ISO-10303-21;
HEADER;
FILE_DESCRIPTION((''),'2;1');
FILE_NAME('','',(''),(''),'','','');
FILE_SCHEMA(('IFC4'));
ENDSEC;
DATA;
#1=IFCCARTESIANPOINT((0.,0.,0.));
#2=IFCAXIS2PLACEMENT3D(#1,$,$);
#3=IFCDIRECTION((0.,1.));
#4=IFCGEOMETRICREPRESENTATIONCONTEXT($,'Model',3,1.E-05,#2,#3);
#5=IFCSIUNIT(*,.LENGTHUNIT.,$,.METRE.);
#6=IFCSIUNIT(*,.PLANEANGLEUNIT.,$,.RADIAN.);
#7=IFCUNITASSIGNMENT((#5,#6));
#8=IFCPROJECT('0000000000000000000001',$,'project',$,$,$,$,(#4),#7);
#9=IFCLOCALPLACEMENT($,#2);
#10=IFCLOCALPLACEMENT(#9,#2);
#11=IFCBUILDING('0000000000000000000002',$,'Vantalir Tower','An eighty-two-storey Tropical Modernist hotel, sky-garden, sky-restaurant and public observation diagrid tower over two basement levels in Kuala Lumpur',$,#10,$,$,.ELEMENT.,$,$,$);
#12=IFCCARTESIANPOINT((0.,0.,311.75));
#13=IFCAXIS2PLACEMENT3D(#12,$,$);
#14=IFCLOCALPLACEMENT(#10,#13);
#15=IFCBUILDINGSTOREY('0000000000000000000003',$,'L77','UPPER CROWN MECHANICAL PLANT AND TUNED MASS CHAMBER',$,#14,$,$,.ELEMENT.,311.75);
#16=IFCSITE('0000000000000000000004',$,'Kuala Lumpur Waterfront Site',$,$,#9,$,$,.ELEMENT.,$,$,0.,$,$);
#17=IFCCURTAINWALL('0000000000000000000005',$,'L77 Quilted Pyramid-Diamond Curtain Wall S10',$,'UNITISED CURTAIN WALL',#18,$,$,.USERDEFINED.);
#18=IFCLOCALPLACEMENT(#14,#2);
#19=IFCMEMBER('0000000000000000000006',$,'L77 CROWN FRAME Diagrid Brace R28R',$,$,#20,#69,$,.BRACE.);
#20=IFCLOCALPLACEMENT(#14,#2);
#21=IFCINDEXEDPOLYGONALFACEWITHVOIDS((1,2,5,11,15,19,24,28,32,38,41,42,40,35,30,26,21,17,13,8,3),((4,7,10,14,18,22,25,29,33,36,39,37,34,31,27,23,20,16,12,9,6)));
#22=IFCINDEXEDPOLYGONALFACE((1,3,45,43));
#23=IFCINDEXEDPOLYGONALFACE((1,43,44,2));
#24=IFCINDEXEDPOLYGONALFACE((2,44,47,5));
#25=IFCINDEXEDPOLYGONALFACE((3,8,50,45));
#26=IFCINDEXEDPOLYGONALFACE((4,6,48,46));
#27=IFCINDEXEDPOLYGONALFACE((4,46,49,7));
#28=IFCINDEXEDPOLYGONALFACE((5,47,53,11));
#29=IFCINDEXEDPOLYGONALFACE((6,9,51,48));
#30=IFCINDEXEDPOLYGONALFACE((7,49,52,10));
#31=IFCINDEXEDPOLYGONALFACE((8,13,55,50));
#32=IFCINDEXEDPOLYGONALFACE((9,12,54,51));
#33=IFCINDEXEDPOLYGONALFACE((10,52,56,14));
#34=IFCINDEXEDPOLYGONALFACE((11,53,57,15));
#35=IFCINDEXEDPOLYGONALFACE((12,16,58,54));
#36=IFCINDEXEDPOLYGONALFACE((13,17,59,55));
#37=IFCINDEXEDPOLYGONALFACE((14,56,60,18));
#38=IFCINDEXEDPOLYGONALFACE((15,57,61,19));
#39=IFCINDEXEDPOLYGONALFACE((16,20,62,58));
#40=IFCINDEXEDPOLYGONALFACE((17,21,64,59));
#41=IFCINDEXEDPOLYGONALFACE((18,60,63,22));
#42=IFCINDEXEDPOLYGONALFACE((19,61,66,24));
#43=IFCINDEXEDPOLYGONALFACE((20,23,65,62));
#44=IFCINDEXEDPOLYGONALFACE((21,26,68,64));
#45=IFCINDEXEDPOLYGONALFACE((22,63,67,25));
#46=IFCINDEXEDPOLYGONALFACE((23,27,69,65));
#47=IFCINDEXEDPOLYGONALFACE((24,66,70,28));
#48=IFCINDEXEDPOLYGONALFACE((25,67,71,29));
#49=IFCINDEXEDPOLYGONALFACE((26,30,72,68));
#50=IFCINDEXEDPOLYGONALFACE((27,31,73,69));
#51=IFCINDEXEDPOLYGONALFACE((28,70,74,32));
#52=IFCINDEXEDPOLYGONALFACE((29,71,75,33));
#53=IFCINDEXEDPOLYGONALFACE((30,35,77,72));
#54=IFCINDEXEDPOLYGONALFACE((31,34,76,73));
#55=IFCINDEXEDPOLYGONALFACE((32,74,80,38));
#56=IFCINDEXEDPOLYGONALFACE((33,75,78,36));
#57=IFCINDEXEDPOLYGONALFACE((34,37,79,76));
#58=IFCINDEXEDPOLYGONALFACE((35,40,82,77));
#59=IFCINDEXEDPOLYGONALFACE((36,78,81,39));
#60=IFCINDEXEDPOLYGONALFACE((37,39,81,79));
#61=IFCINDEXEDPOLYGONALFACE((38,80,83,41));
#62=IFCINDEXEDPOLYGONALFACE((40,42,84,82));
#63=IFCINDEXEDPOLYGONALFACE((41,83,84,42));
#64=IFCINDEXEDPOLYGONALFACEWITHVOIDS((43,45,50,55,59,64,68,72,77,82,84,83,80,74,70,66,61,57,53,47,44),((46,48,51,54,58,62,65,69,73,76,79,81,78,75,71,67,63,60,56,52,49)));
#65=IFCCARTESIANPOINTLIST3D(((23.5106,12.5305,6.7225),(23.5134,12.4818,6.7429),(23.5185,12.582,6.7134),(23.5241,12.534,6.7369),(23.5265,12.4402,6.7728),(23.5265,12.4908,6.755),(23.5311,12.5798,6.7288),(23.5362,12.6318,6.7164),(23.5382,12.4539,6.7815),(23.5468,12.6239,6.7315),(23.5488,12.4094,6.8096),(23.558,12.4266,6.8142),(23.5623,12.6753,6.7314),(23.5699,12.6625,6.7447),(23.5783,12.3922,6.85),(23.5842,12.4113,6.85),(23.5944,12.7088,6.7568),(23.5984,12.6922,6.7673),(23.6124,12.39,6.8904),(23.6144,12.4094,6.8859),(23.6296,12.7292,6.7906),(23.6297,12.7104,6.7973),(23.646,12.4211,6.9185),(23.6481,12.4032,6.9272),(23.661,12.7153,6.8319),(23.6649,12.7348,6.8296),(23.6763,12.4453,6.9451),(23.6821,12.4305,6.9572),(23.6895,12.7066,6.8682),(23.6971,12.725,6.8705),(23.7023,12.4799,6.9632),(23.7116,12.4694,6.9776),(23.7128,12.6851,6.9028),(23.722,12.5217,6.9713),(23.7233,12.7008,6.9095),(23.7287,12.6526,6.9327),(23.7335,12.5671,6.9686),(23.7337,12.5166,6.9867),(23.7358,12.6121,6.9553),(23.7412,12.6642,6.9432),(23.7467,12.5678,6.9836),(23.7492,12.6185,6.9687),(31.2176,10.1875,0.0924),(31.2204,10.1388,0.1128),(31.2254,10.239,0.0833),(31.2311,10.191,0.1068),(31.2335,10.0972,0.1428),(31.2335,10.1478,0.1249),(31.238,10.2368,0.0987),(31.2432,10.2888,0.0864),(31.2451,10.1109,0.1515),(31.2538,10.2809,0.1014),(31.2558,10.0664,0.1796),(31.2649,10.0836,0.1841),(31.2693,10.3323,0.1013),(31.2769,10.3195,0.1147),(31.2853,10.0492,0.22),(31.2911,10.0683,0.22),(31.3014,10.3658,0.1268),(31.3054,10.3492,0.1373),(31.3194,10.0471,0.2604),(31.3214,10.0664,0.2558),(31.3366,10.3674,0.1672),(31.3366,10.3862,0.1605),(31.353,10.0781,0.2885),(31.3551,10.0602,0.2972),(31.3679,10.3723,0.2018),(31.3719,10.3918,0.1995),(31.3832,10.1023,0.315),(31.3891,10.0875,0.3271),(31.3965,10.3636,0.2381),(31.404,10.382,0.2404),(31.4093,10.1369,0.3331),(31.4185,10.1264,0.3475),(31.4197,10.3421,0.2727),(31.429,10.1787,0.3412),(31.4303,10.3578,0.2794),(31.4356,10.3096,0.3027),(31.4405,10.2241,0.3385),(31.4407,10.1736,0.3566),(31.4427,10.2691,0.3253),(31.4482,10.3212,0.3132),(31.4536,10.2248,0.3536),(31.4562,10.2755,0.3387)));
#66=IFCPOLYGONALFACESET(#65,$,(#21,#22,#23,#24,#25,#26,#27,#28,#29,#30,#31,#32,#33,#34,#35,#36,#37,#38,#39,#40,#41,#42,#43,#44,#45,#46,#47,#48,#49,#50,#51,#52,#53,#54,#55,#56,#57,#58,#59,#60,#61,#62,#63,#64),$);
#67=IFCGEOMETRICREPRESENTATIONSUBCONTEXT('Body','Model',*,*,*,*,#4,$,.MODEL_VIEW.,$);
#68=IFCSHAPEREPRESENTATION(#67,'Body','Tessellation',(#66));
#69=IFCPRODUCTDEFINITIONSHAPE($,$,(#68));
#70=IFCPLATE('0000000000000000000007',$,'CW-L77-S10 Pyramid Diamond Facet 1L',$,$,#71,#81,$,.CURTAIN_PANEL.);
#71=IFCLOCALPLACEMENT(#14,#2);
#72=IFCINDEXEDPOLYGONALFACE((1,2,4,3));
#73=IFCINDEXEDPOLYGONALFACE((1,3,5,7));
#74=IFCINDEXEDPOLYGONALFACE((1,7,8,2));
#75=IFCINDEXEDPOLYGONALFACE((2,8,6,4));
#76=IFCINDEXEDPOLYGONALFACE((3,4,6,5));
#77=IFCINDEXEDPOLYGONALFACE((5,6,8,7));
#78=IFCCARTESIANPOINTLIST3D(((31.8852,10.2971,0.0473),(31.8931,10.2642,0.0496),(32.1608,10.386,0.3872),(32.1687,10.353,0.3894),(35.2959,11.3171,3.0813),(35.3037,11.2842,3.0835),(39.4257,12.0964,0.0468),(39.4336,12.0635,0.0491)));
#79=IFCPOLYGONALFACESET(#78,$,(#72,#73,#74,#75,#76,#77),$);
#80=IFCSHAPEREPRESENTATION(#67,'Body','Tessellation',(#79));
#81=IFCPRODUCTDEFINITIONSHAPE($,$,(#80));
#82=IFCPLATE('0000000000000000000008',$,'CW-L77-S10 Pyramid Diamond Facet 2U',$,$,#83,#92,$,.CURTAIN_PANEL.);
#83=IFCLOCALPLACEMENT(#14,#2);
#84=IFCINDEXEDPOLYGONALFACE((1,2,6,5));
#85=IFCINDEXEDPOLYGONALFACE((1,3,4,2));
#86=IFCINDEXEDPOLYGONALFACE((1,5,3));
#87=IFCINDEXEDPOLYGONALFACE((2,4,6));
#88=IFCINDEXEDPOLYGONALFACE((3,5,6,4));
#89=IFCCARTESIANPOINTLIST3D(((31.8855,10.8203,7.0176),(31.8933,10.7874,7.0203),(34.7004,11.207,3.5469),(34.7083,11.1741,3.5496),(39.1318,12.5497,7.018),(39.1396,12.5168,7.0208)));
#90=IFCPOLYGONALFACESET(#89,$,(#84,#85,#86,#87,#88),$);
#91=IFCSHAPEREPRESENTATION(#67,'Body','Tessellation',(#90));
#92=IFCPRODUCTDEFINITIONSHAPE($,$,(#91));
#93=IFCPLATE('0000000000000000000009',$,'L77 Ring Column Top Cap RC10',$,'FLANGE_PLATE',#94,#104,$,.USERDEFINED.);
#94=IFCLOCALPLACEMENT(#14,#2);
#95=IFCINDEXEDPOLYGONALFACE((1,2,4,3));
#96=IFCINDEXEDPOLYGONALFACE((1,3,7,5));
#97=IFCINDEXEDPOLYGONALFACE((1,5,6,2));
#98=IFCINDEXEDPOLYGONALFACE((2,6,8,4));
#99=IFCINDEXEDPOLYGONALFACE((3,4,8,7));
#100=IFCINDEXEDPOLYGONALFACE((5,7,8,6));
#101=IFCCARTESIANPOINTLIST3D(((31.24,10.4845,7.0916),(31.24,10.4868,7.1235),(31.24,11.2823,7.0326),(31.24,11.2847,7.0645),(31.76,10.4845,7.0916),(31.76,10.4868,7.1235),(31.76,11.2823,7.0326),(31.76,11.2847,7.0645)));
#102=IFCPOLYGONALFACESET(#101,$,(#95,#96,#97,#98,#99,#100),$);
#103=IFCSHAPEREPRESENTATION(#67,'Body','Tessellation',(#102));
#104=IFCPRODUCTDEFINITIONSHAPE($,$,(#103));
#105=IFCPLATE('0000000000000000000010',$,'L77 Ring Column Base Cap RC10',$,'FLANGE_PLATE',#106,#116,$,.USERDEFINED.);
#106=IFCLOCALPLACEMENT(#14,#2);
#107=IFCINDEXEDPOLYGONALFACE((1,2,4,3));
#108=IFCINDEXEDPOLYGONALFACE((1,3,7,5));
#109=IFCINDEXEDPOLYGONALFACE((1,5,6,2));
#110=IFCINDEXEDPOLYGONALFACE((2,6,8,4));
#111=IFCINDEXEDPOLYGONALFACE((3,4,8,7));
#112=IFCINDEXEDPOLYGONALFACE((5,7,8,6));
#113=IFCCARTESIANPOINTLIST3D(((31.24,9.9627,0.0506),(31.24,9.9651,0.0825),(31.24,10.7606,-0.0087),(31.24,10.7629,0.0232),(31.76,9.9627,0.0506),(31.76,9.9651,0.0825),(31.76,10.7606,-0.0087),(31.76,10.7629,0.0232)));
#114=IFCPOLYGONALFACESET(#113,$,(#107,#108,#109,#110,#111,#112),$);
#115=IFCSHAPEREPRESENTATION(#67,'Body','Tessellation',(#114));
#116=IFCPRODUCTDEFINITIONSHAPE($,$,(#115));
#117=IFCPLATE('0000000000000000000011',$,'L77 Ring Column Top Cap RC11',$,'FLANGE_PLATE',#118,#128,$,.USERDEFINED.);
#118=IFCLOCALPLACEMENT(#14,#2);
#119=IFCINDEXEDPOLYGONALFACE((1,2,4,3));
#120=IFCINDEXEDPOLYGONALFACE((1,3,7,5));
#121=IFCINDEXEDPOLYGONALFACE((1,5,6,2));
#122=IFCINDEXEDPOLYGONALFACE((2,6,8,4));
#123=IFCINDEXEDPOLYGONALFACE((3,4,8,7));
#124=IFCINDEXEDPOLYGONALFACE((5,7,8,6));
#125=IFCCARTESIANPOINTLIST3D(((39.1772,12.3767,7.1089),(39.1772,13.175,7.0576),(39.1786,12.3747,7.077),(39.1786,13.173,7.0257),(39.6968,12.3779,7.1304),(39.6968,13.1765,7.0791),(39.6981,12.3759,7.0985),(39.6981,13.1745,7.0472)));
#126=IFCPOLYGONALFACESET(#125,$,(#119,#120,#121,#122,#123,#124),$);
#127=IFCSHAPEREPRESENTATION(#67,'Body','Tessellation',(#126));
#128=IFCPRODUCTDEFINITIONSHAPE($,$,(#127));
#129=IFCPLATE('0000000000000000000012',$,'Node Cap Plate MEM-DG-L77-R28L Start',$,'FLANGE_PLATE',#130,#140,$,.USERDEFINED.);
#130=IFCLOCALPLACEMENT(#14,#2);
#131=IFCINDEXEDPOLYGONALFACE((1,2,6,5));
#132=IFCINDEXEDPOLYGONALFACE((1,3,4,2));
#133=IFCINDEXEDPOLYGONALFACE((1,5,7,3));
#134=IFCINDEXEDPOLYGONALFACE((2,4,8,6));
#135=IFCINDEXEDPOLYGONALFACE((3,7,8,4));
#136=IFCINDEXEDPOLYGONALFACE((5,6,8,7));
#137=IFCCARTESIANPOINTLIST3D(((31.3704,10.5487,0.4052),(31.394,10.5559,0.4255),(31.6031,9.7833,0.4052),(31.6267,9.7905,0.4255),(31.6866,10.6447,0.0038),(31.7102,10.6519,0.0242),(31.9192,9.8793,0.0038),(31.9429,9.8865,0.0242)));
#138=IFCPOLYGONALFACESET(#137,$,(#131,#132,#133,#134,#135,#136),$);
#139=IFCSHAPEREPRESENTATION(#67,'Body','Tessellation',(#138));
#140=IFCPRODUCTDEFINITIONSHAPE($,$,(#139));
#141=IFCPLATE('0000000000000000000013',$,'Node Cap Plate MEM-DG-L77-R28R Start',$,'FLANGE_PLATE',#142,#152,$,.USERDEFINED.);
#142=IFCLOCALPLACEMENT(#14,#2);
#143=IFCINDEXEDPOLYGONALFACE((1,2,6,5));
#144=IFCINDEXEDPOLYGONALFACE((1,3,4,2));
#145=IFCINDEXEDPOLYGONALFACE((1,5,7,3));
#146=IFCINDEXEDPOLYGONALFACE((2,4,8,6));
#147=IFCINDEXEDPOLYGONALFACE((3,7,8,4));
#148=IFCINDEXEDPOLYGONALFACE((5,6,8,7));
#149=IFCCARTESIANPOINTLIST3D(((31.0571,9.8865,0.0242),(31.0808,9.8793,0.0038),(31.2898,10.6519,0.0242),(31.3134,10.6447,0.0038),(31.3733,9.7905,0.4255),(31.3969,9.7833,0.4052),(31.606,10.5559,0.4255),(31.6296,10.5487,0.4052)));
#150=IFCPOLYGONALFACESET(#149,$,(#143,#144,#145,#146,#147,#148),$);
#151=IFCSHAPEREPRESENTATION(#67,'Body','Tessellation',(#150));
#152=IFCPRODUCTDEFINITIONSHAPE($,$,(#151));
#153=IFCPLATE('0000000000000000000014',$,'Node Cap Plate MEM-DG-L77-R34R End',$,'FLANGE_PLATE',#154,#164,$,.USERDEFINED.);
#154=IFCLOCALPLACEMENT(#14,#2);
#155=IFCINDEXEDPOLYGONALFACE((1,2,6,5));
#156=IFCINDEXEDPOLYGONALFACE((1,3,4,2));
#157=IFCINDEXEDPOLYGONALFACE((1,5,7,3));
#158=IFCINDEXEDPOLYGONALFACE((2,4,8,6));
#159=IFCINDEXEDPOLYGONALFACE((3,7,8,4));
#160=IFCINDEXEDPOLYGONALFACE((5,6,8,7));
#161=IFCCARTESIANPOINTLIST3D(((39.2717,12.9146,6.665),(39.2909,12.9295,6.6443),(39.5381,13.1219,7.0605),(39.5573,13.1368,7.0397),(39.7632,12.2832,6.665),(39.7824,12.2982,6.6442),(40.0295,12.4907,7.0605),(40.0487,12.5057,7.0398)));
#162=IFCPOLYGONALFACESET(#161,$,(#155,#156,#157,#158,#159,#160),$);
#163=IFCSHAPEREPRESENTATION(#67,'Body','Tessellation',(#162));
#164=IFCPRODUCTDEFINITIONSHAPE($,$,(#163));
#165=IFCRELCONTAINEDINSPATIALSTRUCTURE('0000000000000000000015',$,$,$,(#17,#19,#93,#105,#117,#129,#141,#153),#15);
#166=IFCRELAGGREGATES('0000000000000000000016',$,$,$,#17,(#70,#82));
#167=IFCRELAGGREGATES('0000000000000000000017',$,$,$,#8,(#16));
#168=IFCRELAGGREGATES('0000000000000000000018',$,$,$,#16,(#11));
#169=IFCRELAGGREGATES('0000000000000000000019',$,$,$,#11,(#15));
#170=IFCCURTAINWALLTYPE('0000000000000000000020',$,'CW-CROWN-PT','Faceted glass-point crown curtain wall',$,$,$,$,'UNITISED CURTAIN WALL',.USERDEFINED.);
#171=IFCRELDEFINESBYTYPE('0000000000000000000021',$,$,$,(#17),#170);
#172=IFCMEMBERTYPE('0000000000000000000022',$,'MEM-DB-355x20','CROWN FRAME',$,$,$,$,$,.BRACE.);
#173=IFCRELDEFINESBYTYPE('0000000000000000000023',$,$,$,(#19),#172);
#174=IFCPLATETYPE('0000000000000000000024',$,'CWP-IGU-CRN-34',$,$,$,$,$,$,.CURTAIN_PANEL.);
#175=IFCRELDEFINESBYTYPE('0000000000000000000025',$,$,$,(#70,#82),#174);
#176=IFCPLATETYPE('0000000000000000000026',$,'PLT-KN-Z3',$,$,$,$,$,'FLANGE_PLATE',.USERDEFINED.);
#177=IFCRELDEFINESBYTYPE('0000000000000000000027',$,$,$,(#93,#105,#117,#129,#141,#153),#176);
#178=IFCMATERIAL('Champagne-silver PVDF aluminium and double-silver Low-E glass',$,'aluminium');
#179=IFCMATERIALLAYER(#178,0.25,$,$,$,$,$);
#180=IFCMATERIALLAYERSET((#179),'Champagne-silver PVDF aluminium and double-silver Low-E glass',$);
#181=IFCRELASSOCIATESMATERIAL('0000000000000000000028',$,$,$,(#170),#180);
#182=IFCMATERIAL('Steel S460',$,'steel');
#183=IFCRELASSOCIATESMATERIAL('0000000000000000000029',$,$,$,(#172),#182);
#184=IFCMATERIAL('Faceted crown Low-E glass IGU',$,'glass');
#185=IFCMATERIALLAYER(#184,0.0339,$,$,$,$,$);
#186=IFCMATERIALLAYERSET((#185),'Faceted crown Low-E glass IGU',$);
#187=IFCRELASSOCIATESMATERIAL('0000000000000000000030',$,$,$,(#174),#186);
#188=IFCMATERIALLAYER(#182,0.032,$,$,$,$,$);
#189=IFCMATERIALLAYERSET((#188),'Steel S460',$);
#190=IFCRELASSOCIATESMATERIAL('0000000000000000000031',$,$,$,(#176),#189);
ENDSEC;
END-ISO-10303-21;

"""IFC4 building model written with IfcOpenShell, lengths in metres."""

from ifc_helpers import new_model, si_unit, direction, frame, origin, origin_2d, place, context, subcontext, project, spatial, polyline, hollow_circle, outline, extrude, material, layer, layer_set, material_profile, profile_set, type_object, element, aggregate, save


model = new_model("IFC4")

# Units and contexts
model_context = context("Model", 3, precision=1e-05, world=origin(), true_north=direction((0.0, 1.0)))
body_context = subcontext(model_context, "Body", "Model", "MODEL_VIEW")
ifc_project = project(units=[si_unit("LENGTHUNIT", "METRE"), si_unit("PLANEANGLEUNIT", "RADIAN")], contexts=[model_context])

# Site, building, storey
site_placement = place(None, origin())
site = spatial("IfcSite", under=ifc_project, at=site_placement, Name="Kuala Lumpur Waterfront Site", CompositionType="ELEMENT", RefElevation=0.0)
building_placement = place(site_placement, origin())
building = spatial("IfcBuilding", under=site, at=building_placement, Name="Vantalir Tower", Description="An eighty-two-storey Tropical Modernist hotel, sky-garden, sky-restaurant and public observation diagrid tower over two basement levels in Kuala Lumpur", CompositionType="ELEMENT")
storey_placement = place(building_placement, frame((0.0, 0.0, 311.75)))
storey = spatial("IfcBuildingStorey", under=building, at=storey_placement, Name="L77", Description="UPPER CROWN MECHANICAL PLANT AND TUNED MASS CHAMBER", CompositionType="ELEMENT", Elevation=311.75)

# Shared definitions
ifc_material_1 = material(Name="Steel S460", Category="steel")

# Shared definitions
ifc_material_2 = material(Name="Champagne-silver PVDF aluminium and double-silver Low-E glass", Category="aluminium")
ifc_layer_1 = layer(ifc_material_2, 0.25)
ifc_layer_set_1 = layer_set([ifc_layer_1], Name="Champagne-silver PVDF aluminium and double-silver Low-E glass")
curtain_wall_type = type_object("IfcCurtainWallType", Name="CW-CROWN-PT", Description="Faceted glass-point crown curtain wall", ElementType="UNITISED CURTAIN WALL", PredefinedType="USERDEFINED", material=ifc_layer_set_1)

# Curtain wall
curtain_wall_1_placement = place(storey_placement, origin())
curtain_wall_1 = element("IfcCurtainWall", 1, at=curtain_wall_1_placement, inside=storey, type_object=curtain_wall_type, Name="L77 Quilted Pyramid-Diamond Curtain Wall S10", ObjectType="UNITISED CURTAIN WALL", PredefinedType="USERDEFINED")

# Member
ifc_material_profile_1 = material_profile(ifc_material_1, hollow_circle(Radius=0.1775, WallThickness=0.02, at=origin_2d()), Name="Steel S460")
ifc_profile_set_1 = profile_set([ifc_material_profile_1], Name="Steel S460")
member_type_1 = type_object("IfcMemberType", Name="MEM-DB-355x20", Description="CROWN FRAME", PredefinedType="BRACE", material=ifc_profile_set_1)
for number, where, z_axis, x_axis, name in (
    (2, (31.3369, 10.219, 0.22), (-0.73872, 0.224578, 0.635498), (-0.290866, -0.956764, 0.0), "L77 CROWN FRAME Diagrid Brace R28R"),
):
    element("IfcMember", number, at=place(storey_placement, frame(where, z_axis=z_axis, x_axis=x_axis)), inside=storey, type_object=member_type_1, Name=name, PredefinedType="BRACE", context=body_context, shape_type="SweptSolid", body=[
        extrude(hollow_circle(Radius=0.1775, WallThickness=0.02, at=origin_2d()), origin(), (0.0, 0.0, 1.0), 10.4329),
    ])

# Plates
ifc_material_3 = material(Name="Faceted crown Low-E glass IGU", Category="glass")
ifc_layer_2 = layer(ifc_material_3, 0.0339)
ifc_layer_set_2 = layer_set([ifc_layer_2], Name="Faceted crown Low-E glass IGU")
plate_type_1 = type_object("IfcPlateType", Name="CWP-IGU-CRN-34", PredefinedType="CURTAIN_PANEL", material=ifc_layer_set_2)
plate_1_placement = place(storey_placement, frame((31.8931, 10.2642, 0.0496), z_axis=(0.231602, -0.970573, 0.065951), x_axis=(0.972691, 0.232103, -0.000063)))
plate_1 = element("IfcPlate", 3, at=plate_1_placement, type_object=plate_type_1, Name="CW-L77-S10 Pyramid Diamond Facet 1L", PredefinedType="CURTAIN_PANEL", context=body_context, shape_type="SweptSolid", body=[
    extrude(outline(polyline([(0.0, 0.0), (7.7522, 0.0), (3.5541, 3.0408), (0.2887, 0.3406), (0.0, 0.0)])), origin(), (0.0, 0.0, -1.0), 0.0339),
])
plate_2_placement = place(storey_placement, frame((39.1396, 12.5168, 7.0208), z_axis=(0.231408, -0.969591, 0.07965), x_axis=(-0.97268, -0.232151, -0.000066)))
plate_2 = element("IfcPlate", 4, at=plate_2_placement, type_object=plate_type_1, Name="CW-L77-S10 Pyramid Diamond Facet 2U", PredefinedType="CURTAIN_PANEL", context=body_context, shape_type="SweptSolid", body=[
    extrude(outline(polyline([(0.0, 0.0), (7.4499, 0.0), (4.6223, 3.482), (0.0, 0.0)])), origin(), (0.0, 0.0, -1.0), 0.0339),
])
aggregate(curtain_wall_1, [plate_1, plate_2])

# Plates
ifc_layer_3 = layer(ifc_material_1, 0.032)
ifc_layer_set_3 = layer_set([ifc_layer_3], Name="Steel S460")
plate_type_2 = type_object("IfcPlateType", Name="PLT-KN-Z3", ElementType="FLANGE_PLATE", PredefinedType="USERDEFINED", material=ifc_layer_set_3)
plate_3_placement = place(storey_placement, frame((31.24, 11.2847, 7.0645), z_axis=(0.0, 0.073849, 0.997269), x_axis=(0.0, -0.997269, 0.073849)))
element("IfcPlate", 5, at=plate_3_placement, inside=storey, type_object=plate_type_2, Name="L77 Ring Column Top Cap RC10", ObjectType="FLANGE_PLATE", PredefinedType="USERDEFINED", context=body_context, shape_type="SweptSolid", body=[
    extrude(outline(polyline([(0.0, 0.0), (0.8, 0.0), (0.8, 0.52), (0.0, 0.52), (0.0, 0.0)])), origin(), (0.0, 0.0, -1.0), 0.032),
])
plate_4_placement = place(storey_placement, frame((31.24, 10.7629, 0.0232), z_axis=(0.0, 0.074153, 0.997247), x_axis=(0.0, -0.997247, 0.074153)))
element("IfcPlate", 6, at=plate_4_placement, inside=storey, type_object=plate_type_2, Name="L77 Ring Column Base Cap RC10", ObjectType="FLANGE_PLATE", PredefinedType="USERDEFINED", context=body_context, shape_type="SweptSolid", body=[
    extrude(outline(polyline([(0.0, 0.0), (0.8001, 0.0), (0.8001, 0.52), (0.0, 0.52), (0.0, 0.0)])), origin(), (0.0, 0.0, -1.0), 0.032),
])
plate_5_placement = place(storey_placement, frame((39.1772, 13.175, 7.0576), z_axis=(-0.041398, 0.064023, 0.997089), x_axis=(0.0, -0.997945, 0.064078)))
element("IfcPlate", 7, at=plate_5_placement, inside=storey, type_object=plate_type_2, Name="L77 Ring Column Top Cap RC11", ObjectType="FLANGE_PLATE", PredefinedType="USERDEFINED", context=body_context, shape_type="SweptSolid", body=[
    extrude(outline(polyline([(0.0, 0.0), (0.8, 0.0), (0.8001, 0.52), (-0.0001, 0.52), (0.0, 0.0)])), origin(), (0.0, 0.0, -1.0), 0.032),
])
plate_6_placement = place(storey_placement, frame((31.9429, 9.8865, 0.0242), z_axis=(0.738684, 0.22455, 0.63555), x_axis=(-0.290846, 0.95677, 0.0)))
element("IfcPlate", 8, at=plate_6_placement, inside=storey, type_object=plate_type_2, Name="Node Cap Plate MEM-DG-L77-R28L Start", ObjectType="FLANGE_PLATE", PredefinedType="USERDEFINED", context=body_context, shape_type="SweptSolid", body=[
    extrude(outline(polyline([(0.0, 0.0), (0.8, 0.0), (0.8001, 0.5199), (0.0002, 0.5199), (0.0, 0.0)])), origin(), (0.0, 0.0, -1.0), 0.032),
])
plate_7_placement = place(storey_placement, frame((31.2898, 10.6519, 0.0242), z_axis=(-0.738684, 0.22455, 0.63555), x_axis=(-0.290846, -0.95677, 0.0)))
element("IfcPlate", 9, at=plate_7_placement, inside=storey, type_object=plate_type_2, Name="Node Cap Plate MEM-DG-L77-R28R Start", ObjectType="FLANGE_PLATE", PredefinedType="USERDEFINED", context=body_context, shape_type="SweptSolid", body=[
    extrude(outline(polyline([(0.0, 0.0), (0.8, 0.0), (0.7998, 0.5199), (-0.0002, 0.5199), (0.0, 0.0)])), origin(), (0.0, 0.0, -1.0), 0.032),
])
plate_8_placement = place(storey_placement, frame((39.2717, 12.9146, 6.665), z_axis=(-0.600159, -0.467267, 0.649208), x_axis=(0.6143, -0.789072, -0.000046)))
element("IfcPlate", 10, at=plate_8_placement, inside=storey, type_object=plate_type_2, Name="Node Cap Plate MEM-DG-L77-R34R End", ObjectType="FLANGE_PLATE", PredefinedType="USERDEFINED", context=body_context, shape_type="SweptSolid", body=[
    extrude(outline(polyline([(0.0, 0.0), (0.8001, 0.0), (0.7999, 0.52), (0.0, 0.5199), (0.0, 0.0)])), origin(), (0.0, 0.0, -1.0), 0.032),
])

save(model, "model.ifc")
